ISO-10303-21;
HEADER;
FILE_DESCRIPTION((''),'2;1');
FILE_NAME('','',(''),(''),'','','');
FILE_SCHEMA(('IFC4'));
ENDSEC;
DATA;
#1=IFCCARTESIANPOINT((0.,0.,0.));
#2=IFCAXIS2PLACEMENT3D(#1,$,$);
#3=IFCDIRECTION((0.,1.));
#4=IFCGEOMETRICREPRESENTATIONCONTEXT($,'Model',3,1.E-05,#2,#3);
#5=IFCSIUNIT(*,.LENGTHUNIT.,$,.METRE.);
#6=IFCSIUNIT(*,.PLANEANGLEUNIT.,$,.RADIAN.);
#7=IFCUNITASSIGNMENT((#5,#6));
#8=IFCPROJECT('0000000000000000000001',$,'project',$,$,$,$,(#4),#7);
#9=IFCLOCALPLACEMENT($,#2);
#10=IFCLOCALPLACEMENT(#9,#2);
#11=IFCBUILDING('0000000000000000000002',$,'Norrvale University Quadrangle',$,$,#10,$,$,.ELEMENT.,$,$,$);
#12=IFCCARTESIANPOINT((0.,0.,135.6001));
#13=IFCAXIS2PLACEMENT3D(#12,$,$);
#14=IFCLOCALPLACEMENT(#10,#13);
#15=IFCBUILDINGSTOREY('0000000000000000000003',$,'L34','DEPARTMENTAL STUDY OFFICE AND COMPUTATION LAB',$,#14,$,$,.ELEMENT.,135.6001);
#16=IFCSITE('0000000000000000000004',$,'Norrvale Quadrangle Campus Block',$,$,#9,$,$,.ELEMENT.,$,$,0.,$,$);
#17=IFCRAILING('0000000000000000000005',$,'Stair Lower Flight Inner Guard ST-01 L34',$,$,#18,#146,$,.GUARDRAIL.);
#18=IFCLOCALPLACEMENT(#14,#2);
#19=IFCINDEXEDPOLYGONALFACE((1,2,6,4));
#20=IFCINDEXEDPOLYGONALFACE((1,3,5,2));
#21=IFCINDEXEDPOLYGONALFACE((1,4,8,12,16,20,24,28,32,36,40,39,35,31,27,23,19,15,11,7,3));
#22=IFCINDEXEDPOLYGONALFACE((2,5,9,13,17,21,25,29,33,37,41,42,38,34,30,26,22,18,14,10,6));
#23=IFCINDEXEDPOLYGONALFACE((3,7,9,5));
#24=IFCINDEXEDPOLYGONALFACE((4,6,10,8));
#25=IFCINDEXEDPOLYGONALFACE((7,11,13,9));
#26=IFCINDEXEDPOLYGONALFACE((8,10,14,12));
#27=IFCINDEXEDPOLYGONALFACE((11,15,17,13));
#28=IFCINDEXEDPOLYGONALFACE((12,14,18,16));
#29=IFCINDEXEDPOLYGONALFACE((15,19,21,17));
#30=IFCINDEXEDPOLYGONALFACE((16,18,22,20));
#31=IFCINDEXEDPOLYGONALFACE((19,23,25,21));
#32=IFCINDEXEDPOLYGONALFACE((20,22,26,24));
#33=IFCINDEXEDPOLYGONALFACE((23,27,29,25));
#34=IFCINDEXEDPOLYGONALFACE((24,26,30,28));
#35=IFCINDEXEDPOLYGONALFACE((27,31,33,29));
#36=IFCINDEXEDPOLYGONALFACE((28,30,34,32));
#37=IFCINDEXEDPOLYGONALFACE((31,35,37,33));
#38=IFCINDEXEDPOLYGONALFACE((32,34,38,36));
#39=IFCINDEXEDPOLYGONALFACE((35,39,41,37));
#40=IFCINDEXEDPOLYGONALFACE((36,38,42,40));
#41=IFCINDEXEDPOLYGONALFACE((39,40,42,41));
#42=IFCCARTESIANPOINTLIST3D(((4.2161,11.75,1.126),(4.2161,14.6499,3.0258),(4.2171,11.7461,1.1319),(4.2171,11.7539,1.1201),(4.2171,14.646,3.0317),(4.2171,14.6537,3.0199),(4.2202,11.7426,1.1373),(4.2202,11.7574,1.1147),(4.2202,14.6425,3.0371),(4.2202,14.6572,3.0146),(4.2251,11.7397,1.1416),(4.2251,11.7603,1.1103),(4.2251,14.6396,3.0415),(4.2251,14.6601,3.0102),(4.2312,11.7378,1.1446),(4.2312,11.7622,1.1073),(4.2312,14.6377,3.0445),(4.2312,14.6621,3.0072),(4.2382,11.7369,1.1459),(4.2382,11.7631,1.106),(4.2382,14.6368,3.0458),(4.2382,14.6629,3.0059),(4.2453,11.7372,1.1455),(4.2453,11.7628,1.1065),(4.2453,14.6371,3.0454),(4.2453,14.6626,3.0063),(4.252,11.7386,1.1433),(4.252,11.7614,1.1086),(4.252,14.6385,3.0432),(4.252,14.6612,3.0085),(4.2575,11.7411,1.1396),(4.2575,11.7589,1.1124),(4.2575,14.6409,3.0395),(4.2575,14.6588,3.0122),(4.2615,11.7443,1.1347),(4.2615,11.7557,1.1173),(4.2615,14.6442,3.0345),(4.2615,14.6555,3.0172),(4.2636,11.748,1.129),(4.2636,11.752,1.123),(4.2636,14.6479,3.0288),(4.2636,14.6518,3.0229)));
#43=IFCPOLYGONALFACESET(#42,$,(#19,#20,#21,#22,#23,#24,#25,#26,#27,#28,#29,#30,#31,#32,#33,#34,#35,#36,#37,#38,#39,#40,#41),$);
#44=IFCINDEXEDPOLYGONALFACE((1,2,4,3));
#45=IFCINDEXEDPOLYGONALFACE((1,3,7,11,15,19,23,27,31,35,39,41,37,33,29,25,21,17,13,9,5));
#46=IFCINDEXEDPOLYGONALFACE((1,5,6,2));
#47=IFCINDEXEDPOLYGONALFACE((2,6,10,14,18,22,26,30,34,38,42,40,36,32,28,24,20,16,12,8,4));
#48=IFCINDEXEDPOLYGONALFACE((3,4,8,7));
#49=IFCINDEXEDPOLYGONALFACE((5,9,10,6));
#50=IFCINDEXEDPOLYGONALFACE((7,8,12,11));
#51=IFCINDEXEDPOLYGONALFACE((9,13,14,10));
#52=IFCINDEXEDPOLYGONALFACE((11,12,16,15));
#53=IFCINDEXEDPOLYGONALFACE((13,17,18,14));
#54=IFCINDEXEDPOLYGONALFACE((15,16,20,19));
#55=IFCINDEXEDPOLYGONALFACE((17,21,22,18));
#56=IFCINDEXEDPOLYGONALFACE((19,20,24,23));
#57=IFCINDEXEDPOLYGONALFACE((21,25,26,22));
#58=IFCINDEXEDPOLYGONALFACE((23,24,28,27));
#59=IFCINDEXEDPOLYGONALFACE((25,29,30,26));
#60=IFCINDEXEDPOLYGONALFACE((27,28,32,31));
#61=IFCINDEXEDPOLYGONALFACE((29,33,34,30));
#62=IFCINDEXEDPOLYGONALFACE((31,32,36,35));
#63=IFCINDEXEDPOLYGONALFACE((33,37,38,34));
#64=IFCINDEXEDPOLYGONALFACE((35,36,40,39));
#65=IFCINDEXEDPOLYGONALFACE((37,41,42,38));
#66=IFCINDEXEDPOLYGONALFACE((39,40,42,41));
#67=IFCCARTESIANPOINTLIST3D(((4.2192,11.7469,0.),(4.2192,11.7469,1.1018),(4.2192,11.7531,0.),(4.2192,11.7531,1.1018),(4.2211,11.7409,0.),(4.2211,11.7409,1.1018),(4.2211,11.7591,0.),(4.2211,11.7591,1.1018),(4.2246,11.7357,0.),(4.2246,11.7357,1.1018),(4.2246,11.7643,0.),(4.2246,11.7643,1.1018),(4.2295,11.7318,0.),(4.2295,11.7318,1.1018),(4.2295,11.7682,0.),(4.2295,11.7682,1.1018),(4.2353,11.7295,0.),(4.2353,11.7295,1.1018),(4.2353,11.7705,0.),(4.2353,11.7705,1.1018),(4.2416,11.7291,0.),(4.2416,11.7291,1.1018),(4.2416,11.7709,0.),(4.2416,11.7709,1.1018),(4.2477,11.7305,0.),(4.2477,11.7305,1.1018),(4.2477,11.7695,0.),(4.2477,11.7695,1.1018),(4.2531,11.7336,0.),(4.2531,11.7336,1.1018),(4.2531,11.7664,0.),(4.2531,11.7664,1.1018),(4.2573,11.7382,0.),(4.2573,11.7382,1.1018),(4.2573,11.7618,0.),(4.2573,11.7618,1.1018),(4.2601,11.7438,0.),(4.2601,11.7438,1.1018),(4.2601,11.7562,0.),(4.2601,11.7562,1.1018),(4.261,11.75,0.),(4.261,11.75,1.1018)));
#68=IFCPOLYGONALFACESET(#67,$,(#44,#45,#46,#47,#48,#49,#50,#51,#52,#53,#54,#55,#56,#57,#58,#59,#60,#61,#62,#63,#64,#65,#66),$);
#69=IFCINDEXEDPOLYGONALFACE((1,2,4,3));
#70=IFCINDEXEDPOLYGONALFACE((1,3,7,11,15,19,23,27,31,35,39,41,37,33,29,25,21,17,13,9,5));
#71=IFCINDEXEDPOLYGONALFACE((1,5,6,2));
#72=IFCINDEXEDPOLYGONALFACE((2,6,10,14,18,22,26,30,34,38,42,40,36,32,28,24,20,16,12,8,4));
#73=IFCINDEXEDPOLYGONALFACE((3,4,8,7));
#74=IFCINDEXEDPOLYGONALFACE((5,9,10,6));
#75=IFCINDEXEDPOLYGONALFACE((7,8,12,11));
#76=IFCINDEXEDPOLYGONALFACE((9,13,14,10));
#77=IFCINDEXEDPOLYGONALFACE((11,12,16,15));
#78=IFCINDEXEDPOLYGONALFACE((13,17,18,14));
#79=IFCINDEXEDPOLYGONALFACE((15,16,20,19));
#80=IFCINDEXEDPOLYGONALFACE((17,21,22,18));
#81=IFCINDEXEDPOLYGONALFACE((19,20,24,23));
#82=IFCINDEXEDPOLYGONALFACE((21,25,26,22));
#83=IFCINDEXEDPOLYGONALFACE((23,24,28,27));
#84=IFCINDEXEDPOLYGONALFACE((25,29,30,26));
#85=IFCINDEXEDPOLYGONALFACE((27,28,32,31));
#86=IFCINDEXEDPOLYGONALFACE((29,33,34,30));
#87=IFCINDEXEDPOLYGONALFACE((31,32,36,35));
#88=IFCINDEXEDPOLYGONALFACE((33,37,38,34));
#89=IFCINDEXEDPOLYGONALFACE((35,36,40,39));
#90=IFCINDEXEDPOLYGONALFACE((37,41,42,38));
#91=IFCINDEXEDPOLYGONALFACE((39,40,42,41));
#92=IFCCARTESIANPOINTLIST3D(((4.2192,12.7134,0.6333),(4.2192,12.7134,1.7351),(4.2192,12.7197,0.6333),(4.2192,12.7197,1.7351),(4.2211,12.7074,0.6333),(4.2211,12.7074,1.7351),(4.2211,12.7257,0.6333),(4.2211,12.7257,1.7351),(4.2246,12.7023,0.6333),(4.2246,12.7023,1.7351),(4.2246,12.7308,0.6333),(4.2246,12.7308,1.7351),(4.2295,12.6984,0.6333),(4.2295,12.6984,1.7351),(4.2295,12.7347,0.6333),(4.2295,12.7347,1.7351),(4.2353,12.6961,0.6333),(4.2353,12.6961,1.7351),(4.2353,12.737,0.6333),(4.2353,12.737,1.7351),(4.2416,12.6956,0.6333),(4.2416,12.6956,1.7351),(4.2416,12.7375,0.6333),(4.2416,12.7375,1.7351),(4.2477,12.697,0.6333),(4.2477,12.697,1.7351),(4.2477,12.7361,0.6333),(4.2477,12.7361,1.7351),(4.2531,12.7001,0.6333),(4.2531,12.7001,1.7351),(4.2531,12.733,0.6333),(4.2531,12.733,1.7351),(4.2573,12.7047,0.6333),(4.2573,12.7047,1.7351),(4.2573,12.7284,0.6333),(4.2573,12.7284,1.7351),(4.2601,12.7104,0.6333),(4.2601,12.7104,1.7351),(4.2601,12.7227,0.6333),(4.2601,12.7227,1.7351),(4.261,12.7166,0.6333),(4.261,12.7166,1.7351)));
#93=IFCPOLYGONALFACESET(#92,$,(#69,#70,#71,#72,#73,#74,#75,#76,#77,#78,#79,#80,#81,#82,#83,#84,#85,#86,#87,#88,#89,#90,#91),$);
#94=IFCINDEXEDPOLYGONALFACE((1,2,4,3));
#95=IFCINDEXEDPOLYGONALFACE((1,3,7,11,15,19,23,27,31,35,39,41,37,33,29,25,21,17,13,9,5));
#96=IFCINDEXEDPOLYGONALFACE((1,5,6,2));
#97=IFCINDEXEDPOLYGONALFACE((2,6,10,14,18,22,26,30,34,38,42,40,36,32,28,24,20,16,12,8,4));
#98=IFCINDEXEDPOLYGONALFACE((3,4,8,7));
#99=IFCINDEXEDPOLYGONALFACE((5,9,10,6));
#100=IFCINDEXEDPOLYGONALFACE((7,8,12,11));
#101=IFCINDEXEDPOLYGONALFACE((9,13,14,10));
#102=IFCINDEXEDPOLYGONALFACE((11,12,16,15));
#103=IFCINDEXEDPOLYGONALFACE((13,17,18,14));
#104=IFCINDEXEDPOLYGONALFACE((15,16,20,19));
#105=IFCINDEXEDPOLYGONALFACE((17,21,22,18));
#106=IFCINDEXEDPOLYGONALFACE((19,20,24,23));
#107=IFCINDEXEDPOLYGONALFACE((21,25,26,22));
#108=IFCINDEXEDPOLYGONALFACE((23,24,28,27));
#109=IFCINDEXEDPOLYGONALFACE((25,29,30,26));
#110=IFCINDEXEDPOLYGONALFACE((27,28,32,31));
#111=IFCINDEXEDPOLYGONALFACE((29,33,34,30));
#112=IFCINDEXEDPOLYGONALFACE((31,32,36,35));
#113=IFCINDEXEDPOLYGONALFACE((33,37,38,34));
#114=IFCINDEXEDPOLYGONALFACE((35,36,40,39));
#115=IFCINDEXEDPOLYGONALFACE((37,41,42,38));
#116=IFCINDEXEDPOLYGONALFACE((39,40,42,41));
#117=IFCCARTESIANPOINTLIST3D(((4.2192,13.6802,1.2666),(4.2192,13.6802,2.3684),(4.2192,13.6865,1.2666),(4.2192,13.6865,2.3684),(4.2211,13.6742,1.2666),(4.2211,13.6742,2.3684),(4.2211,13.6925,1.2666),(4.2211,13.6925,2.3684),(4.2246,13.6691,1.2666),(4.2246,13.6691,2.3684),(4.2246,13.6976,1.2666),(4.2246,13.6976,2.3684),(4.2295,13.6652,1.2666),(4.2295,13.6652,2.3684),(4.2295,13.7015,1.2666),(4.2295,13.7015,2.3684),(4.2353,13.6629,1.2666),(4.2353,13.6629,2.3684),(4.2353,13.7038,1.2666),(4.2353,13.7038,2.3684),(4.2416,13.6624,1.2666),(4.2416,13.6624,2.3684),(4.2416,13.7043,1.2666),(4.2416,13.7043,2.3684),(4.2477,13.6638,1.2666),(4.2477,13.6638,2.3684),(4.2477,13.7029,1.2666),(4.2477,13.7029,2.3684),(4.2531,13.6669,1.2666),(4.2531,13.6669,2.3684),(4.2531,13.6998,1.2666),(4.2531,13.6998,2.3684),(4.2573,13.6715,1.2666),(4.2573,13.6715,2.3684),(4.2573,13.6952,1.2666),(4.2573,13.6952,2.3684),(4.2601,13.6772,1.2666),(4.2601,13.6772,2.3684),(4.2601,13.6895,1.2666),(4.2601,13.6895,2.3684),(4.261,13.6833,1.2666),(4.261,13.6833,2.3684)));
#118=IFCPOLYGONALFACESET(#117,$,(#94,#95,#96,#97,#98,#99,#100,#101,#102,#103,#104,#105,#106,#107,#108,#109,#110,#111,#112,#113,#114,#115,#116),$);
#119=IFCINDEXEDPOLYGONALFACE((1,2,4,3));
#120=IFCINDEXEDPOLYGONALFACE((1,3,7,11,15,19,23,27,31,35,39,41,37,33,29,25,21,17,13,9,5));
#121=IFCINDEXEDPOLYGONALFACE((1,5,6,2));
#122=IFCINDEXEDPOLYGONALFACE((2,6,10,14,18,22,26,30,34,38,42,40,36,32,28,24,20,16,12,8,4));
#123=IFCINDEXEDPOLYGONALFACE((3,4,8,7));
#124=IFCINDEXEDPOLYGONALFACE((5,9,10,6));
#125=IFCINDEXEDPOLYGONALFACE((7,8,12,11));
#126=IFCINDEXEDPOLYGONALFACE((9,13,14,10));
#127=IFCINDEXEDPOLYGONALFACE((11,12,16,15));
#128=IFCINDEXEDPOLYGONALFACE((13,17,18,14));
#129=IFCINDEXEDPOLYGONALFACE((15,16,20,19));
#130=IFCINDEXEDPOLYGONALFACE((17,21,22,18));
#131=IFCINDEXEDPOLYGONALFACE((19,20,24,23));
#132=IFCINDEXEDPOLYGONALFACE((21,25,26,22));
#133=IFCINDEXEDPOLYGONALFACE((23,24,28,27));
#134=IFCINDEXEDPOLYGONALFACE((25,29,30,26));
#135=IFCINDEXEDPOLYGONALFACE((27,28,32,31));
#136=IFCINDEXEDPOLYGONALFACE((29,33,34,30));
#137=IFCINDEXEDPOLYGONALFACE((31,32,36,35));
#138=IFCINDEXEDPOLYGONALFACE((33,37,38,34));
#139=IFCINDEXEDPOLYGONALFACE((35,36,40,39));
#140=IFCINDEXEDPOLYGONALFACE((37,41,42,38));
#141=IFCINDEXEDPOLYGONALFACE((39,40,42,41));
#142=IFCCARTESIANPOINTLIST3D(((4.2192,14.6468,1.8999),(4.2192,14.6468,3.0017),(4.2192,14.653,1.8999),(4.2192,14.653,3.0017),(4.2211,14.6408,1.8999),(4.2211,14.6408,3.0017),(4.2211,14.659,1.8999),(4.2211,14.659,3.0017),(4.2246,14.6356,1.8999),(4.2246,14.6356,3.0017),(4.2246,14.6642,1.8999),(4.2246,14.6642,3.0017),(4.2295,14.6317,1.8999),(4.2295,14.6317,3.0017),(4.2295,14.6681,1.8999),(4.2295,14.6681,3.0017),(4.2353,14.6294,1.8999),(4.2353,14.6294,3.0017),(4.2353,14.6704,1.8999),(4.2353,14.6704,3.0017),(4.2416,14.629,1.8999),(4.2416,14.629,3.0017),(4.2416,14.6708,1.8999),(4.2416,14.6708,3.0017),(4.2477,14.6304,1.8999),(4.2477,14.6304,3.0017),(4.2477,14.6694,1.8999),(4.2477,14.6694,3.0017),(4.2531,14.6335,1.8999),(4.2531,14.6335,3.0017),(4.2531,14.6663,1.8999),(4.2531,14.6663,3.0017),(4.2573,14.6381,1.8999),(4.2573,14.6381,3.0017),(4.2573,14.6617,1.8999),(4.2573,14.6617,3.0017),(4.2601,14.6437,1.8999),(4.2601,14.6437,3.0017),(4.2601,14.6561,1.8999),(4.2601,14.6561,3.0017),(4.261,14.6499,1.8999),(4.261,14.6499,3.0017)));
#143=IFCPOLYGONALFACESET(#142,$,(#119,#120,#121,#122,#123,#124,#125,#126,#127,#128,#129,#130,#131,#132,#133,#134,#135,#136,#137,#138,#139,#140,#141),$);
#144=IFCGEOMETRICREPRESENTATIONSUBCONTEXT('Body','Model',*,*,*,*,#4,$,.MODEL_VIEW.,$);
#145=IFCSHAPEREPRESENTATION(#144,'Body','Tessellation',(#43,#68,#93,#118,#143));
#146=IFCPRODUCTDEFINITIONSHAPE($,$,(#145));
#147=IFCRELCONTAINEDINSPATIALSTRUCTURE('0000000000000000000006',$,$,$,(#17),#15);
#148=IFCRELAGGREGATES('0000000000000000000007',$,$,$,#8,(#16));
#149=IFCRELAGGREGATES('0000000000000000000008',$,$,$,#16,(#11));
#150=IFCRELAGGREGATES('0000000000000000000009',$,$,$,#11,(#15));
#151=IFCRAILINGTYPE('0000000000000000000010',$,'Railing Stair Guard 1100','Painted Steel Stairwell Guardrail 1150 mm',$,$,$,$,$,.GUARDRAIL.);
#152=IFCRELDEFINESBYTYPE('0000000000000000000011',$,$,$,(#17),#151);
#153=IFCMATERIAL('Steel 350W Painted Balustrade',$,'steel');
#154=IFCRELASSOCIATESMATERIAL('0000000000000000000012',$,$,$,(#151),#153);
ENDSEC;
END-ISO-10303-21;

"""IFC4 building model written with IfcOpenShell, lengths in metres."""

from ifc_helpers import new_model, si_unit, direction, frame, origin, origin_2d, place, context, subcontext, project, spatial, circle, extrude, material, type_object, element, save


model = new_model("IFC4")

# Units and contexts
model_context = context("Model", 3, precision=1e-05, world=origin(), true_north=direction((0.0, 1.0)))
body_context = subcontext(model_context, "Body", "Model", "MODEL_VIEW")
ifc_project = project(units=[si_unit("LENGTHUNIT", "METRE"), si_unit("PLANEANGLEUNIT", "RADIAN")], contexts=[model_context])

# Site, building, storey
site_placement = place(None, origin())
site = spatial("IfcSite", under=ifc_project, at=site_placement, Name="Norrvale Quadrangle Campus Block", CompositionType="ELEMENT", RefElevation=0.0)
building_placement = place(site_placement, origin())
building = spatial("IfcBuilding", under=site, at=building_placement, Name="Norrvale University Quadrangle", CompositionType="ELEMENT")
storey_placement = place(building_placement, frame((0.0, 0.0, 135.6001)))
storey = spatial("IfcBuildingStorey", under=building, at=storey_placement, Name="L34", Description="DEPARTMENTAL STUDY OFFICE AND COMPUTATION LAB", CompositionType="ELEMENT", Elevation=135.6001)

# Railing
ifc_material_1 = material(Name="Steel 350W Painted Balustrade", Category="steel")
railing_type_1 = type_object("IfcRailingType", Name="Railing Stair Guard 1100", Description="Painted Steel Stairwell Guardrail 1150 mm", PredefinedType="GUARDRAIL", material=ifc_material_1)
railing_1_placement = place(storey_placement, frame((4.24, 11.75, 0.0)))
element("IfcRailing", 1, at=railing_1_placement, inside=storey, type_object=railing_type_1, Name="Stair Lower Flight Inner Guard ST-01 L34", PredefinedType="GUARDRAIL", context=body_context, shape_type="SweptSolid", body=[
    extrude(circle(Radius=0.0239, at=origin_2d()), frame((0.0, 0.0, 1.126), z_axis=(0.0, 0.836466, 0.548019), x_axis=(-1.0, 0.0, 0.0)), (0.0, 0.0, 1.0), 3.4668),
    extrude(circle(Radius=0.021, at=origin_2d()), origin(), (0.0, 0.0, 1.0), 1.1018),
    extrude(circle(Radius=0.021, at=origin_2d()), frame((0.0, 0.9666, 0.6333)), (0.0, 0.0, 1.0), 1.1018),
    extrude(circle(Radius=0.021, at=origin_2d()), frame((0.0, 1.9333, 1.2666)), (0.0, 0.0, 1.0), 1.1018),
    extrude(circle(Radius=0.021, at=origin_2d()), frame((0.0, 2.8999, 1.8999)), (0.0, 0.0, 1.0), 1.1018),
])

save(model, "model.ifc")
